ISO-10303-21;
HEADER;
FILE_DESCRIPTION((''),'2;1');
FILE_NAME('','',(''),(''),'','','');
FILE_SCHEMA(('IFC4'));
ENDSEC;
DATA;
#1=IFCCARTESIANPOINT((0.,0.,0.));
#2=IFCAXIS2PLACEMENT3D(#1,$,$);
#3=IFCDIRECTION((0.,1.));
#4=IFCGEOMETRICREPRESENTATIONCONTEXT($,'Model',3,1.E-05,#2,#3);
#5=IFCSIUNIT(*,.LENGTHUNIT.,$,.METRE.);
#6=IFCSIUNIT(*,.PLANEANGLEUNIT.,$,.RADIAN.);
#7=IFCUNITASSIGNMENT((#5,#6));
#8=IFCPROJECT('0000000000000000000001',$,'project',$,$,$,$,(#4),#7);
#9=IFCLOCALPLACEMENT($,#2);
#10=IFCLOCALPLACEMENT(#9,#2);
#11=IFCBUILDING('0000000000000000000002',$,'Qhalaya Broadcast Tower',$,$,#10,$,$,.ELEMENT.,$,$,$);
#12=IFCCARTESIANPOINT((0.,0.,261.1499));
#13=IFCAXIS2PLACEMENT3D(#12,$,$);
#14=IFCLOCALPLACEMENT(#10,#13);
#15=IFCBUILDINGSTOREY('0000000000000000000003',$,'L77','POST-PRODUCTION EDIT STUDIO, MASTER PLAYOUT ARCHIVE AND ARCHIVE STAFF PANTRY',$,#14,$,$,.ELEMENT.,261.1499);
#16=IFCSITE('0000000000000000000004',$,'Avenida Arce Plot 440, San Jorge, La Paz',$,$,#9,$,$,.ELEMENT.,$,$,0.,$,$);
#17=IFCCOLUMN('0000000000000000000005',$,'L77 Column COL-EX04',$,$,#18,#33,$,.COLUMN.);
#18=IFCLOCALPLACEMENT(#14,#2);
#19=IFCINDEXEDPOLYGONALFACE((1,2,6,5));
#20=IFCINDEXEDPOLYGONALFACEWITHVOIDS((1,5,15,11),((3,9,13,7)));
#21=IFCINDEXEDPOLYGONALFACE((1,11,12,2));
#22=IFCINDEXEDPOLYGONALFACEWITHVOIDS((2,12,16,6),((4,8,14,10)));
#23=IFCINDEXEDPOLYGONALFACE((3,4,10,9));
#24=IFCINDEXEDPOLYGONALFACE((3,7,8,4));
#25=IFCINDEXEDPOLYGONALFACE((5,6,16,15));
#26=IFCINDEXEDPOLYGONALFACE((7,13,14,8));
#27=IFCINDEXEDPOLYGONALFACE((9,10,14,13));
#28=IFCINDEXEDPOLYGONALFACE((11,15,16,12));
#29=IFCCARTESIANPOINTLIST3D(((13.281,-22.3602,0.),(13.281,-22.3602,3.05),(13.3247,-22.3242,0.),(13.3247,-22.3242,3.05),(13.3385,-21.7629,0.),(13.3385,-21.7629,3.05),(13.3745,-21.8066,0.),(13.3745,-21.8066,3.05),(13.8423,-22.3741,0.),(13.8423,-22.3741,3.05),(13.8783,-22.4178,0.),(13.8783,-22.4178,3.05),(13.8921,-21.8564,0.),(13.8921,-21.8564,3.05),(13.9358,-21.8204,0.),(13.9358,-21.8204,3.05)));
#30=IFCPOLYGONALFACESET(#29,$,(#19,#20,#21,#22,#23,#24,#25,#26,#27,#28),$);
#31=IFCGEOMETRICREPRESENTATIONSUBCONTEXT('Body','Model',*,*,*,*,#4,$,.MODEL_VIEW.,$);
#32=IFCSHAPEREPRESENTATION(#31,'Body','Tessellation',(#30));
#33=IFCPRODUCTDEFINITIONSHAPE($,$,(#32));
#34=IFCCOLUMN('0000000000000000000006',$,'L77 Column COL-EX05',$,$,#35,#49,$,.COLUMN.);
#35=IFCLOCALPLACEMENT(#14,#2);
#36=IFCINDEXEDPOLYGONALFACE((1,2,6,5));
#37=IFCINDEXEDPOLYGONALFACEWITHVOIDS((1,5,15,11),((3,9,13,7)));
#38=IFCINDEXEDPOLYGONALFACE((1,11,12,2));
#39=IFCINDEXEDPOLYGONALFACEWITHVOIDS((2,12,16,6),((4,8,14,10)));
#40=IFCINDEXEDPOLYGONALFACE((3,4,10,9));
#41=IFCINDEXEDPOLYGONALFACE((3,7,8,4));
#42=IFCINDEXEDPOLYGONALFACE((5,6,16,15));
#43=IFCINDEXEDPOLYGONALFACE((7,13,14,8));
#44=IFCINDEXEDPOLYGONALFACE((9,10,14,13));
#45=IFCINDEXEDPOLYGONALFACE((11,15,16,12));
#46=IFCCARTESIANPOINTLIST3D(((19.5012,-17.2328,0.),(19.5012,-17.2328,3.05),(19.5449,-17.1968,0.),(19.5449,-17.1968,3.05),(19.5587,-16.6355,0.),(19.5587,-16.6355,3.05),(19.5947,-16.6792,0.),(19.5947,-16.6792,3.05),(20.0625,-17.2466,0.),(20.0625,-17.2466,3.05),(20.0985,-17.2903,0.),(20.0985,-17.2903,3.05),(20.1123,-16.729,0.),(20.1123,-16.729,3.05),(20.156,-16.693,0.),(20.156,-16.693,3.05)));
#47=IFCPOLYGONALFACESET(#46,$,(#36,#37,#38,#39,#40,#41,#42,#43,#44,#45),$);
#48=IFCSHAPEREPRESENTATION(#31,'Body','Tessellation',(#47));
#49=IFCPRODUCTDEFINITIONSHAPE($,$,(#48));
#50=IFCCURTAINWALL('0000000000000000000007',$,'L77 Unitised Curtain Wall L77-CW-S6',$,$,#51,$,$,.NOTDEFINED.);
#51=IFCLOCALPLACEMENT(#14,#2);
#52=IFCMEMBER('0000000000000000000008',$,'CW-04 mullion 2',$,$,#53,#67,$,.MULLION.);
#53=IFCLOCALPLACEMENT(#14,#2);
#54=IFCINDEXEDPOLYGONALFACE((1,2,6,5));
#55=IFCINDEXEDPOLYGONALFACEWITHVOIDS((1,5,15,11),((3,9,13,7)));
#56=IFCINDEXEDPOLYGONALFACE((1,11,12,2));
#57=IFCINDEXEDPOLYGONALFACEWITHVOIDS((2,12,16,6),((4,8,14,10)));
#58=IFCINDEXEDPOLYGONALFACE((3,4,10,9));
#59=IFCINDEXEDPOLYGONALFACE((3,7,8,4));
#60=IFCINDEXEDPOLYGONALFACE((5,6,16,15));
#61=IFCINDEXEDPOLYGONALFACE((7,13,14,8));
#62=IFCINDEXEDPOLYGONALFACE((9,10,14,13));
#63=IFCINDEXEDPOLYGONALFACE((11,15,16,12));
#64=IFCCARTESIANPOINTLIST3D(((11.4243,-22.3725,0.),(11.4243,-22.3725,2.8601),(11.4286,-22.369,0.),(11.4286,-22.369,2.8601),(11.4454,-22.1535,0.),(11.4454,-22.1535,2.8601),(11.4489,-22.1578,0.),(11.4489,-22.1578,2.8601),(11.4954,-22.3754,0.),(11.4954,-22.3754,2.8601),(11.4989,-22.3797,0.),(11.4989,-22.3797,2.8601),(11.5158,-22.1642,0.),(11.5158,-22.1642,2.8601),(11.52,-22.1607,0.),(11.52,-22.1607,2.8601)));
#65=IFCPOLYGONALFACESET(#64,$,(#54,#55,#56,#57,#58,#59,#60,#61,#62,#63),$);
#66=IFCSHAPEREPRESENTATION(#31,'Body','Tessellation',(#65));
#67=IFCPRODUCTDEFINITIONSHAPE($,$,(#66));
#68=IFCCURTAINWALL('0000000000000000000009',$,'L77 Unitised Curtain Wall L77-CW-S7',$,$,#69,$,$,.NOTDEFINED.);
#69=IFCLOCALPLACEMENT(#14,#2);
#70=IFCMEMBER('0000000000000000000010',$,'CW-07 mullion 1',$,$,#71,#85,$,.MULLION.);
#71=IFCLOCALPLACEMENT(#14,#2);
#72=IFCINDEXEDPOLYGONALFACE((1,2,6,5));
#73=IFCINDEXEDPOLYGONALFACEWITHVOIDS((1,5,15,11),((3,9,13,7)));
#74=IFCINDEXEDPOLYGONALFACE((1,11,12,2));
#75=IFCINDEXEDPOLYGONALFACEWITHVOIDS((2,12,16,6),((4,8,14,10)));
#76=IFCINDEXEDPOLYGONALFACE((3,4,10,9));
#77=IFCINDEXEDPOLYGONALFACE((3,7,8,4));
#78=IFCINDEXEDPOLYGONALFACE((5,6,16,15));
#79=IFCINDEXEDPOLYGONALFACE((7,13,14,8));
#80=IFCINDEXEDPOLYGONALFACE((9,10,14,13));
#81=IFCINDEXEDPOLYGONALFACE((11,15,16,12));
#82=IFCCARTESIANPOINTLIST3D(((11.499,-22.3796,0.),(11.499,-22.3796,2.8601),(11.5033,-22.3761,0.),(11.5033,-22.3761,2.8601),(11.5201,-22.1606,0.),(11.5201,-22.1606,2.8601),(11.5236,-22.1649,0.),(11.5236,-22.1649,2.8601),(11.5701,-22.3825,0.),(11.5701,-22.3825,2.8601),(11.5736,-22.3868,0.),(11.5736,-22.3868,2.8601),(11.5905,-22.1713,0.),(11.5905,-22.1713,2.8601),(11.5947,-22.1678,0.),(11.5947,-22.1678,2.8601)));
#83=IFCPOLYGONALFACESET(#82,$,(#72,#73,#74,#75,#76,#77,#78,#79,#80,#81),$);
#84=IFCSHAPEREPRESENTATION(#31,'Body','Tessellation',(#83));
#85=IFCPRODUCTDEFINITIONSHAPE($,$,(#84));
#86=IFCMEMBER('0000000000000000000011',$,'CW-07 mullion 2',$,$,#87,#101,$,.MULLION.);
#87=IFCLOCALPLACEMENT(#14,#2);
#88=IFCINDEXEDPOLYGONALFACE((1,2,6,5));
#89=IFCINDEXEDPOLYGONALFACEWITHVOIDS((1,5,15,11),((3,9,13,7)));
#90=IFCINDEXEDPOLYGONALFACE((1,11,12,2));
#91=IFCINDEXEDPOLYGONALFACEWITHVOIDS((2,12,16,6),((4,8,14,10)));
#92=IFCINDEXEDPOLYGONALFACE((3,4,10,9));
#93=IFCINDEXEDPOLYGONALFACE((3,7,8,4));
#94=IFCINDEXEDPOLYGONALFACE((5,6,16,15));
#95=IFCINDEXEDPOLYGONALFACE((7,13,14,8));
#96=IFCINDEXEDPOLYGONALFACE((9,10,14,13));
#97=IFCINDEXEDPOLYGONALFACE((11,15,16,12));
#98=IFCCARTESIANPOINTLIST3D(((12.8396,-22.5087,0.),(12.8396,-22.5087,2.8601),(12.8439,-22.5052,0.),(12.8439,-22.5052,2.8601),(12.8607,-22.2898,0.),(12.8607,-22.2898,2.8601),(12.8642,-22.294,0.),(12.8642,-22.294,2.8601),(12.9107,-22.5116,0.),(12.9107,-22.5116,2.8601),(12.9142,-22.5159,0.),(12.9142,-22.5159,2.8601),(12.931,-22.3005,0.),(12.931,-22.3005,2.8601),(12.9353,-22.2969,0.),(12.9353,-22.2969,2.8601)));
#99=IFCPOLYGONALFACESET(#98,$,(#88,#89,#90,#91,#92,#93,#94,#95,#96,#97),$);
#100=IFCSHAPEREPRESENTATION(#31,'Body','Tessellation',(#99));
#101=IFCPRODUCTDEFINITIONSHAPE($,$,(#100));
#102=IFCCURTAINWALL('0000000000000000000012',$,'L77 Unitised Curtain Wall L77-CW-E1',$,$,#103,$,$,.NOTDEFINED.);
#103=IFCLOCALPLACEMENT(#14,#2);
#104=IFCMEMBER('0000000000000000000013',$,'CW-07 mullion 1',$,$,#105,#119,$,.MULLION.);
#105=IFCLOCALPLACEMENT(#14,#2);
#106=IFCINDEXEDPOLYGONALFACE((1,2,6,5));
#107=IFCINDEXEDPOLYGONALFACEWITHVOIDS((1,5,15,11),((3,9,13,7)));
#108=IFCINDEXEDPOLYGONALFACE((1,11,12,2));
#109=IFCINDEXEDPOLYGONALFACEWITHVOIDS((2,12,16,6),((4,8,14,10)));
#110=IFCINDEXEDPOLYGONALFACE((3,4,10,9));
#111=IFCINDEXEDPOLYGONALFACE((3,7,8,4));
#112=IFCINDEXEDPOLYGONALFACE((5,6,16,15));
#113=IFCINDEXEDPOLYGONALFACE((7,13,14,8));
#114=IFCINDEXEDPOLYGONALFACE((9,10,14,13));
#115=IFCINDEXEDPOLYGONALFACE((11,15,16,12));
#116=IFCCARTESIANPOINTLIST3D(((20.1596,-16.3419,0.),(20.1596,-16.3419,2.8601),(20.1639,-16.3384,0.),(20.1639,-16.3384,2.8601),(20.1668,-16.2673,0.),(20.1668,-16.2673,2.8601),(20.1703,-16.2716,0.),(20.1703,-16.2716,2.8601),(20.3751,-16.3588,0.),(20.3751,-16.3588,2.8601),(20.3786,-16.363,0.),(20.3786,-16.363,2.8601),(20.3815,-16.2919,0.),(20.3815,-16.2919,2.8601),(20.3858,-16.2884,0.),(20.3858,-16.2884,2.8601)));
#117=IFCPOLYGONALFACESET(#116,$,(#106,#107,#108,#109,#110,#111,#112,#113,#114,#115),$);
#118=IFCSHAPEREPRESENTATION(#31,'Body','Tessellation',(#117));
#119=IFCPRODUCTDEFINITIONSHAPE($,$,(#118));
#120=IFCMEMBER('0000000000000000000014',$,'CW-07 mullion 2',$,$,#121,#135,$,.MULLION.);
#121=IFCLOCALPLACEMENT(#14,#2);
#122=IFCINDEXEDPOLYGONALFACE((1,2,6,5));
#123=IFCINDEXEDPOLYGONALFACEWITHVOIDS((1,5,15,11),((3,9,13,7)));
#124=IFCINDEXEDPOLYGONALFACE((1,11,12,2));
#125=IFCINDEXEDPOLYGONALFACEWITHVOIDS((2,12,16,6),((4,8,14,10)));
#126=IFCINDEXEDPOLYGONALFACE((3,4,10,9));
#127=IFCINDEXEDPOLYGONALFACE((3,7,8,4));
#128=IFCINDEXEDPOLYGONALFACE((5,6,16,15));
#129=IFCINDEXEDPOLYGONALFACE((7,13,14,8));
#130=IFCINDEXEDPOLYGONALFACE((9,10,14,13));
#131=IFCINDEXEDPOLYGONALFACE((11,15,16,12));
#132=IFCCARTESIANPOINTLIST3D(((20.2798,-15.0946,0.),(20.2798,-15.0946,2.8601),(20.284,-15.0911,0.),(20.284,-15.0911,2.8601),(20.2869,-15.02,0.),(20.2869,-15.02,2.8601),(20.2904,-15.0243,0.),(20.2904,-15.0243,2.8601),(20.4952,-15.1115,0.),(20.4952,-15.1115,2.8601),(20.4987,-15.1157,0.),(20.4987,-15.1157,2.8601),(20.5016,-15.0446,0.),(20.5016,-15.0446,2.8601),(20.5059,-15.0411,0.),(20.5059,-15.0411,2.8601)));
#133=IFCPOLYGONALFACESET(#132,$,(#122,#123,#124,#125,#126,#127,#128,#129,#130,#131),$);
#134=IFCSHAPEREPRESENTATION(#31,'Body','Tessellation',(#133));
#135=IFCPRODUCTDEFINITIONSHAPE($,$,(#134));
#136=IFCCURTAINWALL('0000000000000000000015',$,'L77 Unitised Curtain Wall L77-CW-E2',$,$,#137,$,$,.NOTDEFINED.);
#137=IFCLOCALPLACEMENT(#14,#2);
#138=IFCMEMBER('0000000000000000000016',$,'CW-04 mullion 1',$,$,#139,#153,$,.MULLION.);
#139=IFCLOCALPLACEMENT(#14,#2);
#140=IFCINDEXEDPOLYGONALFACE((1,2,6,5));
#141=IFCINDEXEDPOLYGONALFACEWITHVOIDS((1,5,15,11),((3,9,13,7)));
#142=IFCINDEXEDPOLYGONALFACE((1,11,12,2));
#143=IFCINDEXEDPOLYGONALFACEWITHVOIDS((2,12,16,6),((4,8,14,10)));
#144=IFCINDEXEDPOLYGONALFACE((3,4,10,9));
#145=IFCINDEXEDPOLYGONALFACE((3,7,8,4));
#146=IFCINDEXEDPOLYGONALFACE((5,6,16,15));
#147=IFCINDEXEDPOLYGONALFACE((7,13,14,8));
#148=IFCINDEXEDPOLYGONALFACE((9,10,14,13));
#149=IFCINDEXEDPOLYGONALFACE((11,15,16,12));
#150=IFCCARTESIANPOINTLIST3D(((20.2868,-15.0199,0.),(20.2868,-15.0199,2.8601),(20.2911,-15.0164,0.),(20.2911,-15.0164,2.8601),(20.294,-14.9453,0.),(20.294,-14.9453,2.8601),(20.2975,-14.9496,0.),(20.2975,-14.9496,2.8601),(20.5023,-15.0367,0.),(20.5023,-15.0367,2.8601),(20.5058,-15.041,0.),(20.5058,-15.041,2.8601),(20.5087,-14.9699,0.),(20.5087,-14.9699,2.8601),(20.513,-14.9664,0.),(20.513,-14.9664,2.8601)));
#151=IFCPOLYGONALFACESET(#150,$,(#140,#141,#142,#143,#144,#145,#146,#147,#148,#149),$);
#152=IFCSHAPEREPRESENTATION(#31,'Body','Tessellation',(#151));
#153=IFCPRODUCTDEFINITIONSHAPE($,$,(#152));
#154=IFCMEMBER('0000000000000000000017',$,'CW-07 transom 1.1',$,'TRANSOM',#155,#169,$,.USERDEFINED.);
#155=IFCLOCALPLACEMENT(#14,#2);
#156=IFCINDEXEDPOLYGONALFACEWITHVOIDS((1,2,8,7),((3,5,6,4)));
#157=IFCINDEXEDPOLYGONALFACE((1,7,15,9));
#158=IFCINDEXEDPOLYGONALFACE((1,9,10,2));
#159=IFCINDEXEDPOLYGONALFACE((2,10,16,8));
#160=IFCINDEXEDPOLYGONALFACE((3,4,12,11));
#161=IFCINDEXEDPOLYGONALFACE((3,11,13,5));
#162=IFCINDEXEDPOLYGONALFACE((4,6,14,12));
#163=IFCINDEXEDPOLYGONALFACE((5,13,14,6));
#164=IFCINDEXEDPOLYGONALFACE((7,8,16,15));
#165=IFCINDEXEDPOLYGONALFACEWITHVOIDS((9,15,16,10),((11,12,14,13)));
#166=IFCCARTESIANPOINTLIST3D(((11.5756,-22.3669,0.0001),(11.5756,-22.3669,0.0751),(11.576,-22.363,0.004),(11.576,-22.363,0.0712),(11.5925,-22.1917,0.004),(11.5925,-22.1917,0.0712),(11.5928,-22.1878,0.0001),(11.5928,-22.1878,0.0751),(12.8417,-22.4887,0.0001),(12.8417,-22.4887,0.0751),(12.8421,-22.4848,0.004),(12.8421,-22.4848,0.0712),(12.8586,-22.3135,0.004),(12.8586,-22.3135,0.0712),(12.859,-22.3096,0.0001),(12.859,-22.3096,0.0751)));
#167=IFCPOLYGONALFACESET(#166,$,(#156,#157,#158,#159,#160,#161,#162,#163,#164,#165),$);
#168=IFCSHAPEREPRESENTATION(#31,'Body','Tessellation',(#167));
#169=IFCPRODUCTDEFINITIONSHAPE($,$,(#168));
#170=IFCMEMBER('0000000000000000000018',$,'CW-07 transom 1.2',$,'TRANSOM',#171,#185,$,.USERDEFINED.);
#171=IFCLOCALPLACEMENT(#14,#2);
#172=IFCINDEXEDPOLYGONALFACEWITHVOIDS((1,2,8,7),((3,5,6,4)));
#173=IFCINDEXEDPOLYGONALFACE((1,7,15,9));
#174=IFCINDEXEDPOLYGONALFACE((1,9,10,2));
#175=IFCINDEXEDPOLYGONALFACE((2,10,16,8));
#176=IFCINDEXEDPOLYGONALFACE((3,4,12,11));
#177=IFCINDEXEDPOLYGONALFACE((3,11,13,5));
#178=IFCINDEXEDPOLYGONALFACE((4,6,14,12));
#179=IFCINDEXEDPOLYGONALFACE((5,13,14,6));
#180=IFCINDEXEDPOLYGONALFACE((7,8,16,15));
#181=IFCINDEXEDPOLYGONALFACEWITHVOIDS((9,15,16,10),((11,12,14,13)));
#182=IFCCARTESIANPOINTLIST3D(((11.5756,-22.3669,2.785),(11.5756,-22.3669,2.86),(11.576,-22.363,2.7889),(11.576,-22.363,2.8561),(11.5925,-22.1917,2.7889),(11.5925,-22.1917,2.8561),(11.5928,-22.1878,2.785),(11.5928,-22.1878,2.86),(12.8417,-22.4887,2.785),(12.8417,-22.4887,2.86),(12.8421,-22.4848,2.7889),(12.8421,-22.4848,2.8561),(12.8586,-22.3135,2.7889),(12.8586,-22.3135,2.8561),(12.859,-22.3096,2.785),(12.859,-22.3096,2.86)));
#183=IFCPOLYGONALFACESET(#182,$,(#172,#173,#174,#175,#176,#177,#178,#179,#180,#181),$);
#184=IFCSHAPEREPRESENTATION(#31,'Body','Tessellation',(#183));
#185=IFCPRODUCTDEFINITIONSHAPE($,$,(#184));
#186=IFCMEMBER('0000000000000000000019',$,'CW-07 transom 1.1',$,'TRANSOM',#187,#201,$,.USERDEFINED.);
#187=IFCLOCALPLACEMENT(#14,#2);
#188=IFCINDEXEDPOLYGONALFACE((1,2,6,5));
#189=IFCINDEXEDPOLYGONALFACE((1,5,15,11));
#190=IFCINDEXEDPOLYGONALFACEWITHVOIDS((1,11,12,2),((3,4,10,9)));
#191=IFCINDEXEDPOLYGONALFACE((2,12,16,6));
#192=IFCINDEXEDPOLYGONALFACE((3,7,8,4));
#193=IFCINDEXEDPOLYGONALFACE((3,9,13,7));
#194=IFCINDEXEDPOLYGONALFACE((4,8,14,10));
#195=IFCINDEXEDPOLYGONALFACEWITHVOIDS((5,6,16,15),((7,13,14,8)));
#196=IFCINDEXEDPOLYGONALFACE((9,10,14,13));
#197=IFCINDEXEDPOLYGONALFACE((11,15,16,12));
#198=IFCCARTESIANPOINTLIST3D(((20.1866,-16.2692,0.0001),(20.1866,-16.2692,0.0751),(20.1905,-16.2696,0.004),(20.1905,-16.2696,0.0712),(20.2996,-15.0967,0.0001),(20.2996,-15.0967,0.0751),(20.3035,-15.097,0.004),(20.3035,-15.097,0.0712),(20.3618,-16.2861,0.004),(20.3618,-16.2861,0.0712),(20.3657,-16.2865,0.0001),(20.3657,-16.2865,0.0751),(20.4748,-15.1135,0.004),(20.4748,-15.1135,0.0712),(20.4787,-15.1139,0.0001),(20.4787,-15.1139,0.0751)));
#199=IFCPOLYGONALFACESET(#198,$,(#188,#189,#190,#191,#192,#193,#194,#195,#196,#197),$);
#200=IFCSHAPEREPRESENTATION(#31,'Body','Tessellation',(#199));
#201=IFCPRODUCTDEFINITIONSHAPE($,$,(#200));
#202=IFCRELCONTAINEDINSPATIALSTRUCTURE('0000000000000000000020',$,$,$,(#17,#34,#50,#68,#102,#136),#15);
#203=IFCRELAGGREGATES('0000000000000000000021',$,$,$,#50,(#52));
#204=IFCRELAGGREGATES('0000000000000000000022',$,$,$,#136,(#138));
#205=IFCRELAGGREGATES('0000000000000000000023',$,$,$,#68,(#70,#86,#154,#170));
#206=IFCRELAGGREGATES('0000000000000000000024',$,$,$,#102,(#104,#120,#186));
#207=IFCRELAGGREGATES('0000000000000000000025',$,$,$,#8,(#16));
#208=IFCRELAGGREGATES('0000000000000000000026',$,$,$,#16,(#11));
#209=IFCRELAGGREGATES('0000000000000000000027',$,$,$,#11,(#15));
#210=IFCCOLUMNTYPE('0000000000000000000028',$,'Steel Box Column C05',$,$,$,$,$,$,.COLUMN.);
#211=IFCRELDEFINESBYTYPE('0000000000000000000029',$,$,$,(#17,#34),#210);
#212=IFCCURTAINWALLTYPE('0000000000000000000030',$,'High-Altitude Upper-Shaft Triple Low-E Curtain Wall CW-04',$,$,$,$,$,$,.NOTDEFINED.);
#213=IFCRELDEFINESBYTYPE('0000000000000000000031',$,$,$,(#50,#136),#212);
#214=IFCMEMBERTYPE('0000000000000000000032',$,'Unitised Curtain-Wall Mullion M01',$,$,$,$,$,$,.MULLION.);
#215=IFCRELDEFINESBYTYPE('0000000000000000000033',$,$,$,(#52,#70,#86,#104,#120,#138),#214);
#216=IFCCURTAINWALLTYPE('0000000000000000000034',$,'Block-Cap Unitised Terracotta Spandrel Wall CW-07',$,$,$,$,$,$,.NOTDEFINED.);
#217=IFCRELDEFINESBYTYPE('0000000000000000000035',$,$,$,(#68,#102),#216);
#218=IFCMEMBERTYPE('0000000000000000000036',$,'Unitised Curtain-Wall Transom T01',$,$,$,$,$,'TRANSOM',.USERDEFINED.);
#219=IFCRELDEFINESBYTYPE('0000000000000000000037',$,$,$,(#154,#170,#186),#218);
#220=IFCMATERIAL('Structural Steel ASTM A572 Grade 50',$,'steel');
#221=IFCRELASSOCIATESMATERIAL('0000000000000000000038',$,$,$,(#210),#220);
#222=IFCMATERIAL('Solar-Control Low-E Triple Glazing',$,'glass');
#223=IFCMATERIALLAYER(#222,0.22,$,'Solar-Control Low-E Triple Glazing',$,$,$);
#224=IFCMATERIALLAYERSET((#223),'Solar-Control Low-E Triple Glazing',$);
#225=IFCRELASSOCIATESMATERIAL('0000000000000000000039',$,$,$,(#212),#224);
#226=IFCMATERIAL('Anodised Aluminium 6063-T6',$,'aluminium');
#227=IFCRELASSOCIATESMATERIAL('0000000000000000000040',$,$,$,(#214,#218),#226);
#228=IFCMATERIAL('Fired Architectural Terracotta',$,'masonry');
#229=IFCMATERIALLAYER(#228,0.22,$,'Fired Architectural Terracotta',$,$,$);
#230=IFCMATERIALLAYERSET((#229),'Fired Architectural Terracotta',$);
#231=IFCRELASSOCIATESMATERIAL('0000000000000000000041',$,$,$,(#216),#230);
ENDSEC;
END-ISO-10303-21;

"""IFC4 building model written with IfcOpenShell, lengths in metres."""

from ifc_helpers import new_model, si_unit, direction, frame, origin, origin_2d, place, context, subcontext, project, spatial, hollow_rectangle, extrude, material, layer, layer_set, material_profile, profile_set, type_object, element, aggregate, save


model = new_model("IFC4")

# Units and contexts
model_context = context("Model", 3, precision=1e-05, world=origin(), true_north=direction((0.0, 1.0)))
body_context = subcontext(model_context, "Body", "Model", "MODEL_VIEW")
ifc_project = project(units=[si_unit("LENGTHUNIT", "METRE"), si_unit("PLANEANGLEUNIT", "RADIAN")], contexts=[model_context])

# Site, building, storey
site_placement = place(None, origin())
site = spatial("IfcSite", under=ifc_project, at=site_placement, Name="Avenida Arce Plot 440, San Jorge, La Paz", CompositionType="ELEMENT", RefElevation=0.0)
building_placement = place(site_placement, origin())
building = spatial("IfcBuilding", under=site, at=building_placement, Name="Qhalaya Broadcast Tower", CompositionType="ELEMENT")
storey_placement = place(building_placement, frame((0.0, 0.0, 261.1499)))
storey = spatial("IfcBuildingStorey", under=building, at=storey_placement, Name="L77", Description="POST-PRODUCTION EDIT STUDIO, MASTER PLAYOUT ARCHIVE AND ARCHIVE STAFF PANTRY", CompositionType="ELEMENT", Elevation=261.1499)

# Columns
ifc_material_1 = material(Name="Structural Steel ASTM A572 Grade 50", Category="steel")
ifc_material_profile_1 = material_profile(ifc_material_1, hollow_rectangle(XDim=0.6001, YDim=0.6001, WallThickness=0.04, at=origin_2d()), Name="BOX 600x600x40")
ifc_profile_set_1 = profile_set([ifc_material_profile_1], Name="Structural Steel ASTM A572 Grade 50")
column_type = type_object("IfcColumnType", Name="Steel Box Column C05", PredefinedType="COLUMN", material=ifc_profile_set_1)
for number, where, z_axis, x_axis, name in (
    (1, (13.6084, -22.0903, 0.0), (0.0, 0.0, 1.0), (0.995396, -0.095846, 0.0), "L77 Column COL-EX04"),
    (2, (19.8286, -16.9629, 0.0), (0.0, 0.0, 1.0), (0.095846, 0.995396, 0.0), "L77 Column COL-EX05"),
):
    element("IfcColumn", number, at=place(storey_placement, frame(where, z_axis=z_axis, x_axis=x_axis)), inside=storey, type_object=column_type, Name=name, PredefinedType="COLUMN", context=body_context, shape_type="SweptSolid", body=[
        extrude(hollow_rectangle(XDim=0.6001, YDim=0.6001, WallThickness=0.04, at=origin_2d()), origin(), (0.0, 0.0, 1.0), 3.05),
    ])

# Curtain wall, member
ifc_material_2 = material(Name="Solar-Control Low-E Triple Glazing", Category="glass")
ifc_layer_1 = layer(ifc_material_2, 0.22, Name="Solar-Control Low-E Triple Glazing")
ifc_layer_set_1 = layer_set([ifc_layer_1], Name="Solar-Control Low-E Triple Glazing")
curtain_wall_type_1 = type_object("IfcCurtainWallType", Name="High-Altitude Upper-Shaft Triple Low-E Curtain Wall CW-04", PredefinedType="NOTDEFINED", material=ifc_layer_set_1)
curtain_wall_1_placement = place(storey_placement, origin())
curtain_wall_1 = element("IfcCurtainWall", 3, at=curtain_wall_1_placement, inside=storey, type_object=curtain_wall_type_1, Name="L77 Unitised Curtain Wall L77-CW-S6", PredefinedType="NOTDEFINED")
ifc_material_3 = material(Name="Anodised Aluminium 6063-T6", Category="aluminium")
ifc_material_profile_2 = material_profile(ifc_material_3, hollow_rectangle(XDim=0.075, YDim=0.22, WallThickness=0.0039, at=origin_2d()), Name="ALU-MUL 75x220x4")
ifc_profile_set_2 = profile_set([ifc_material_profile_2], Name="Anodised Aluminium 6063-T6")
member_type_1 = type_object("IfcMemberType", Name="Unitised Curtain-Wall Mullion M01", PredefinedType="MULLION", material=ifc_profile_set_2)
member_1_placement = place(storey_placement, frame((11.4722, -22.2666, 0.0), z_axis=(0.0, 0.0, 1.0), x_axis=(0.995395, -0.095858, 0.0)))
member_1 = element("IfcMember", 4, at=member_1_placement, type_object=member_type_1, Name="CW-04 mullion 2", PredefinedType="MULLION", context=body_context, shape_type="SweptSolid", body=[
    extrude(hollow_rectangle(XDim=0.075, YDim=0.22, WallThickness=0.0039, at=origin_2d()), origin(), (0.0, 0.0, 1.0), 2.8601),
])
aggregate(curtain_wall_1, [member_1])

# Curtain walls, members
ifc_material_4 = material(Name="Fired Architectural Terracotta", Category="masonry")
ifc_layer_2 = layer(ifc_material_4, 0.22, Name="Fired Architectural Terracotta")
ifc_layer_set_2 = layer_set([ifc_layer_2], Name="Fired Architectural Terracotta")
curtain_wall_type_2 = type_object("IfcCurtainWallType", Name="Block-Cap Unitised Terracotta Spandrel Wall CW-07", PredefinedType="NOTDEFINED", material=ifc_layer_set_2)
curtain_wall_2_placement = place(storey_placement, origin())
curtain_wall_2 = element("IfcCurtainWall", 5, at=curtain_wall_2_placement, inside=storey, type_object=curtain_wall_type_2, Name="L77 Unitised Curtain Wall L77-CW-S7", PredefinedType="NOTDEFINED")
member_2_placement = place(storey_placement, frame((11.5469, -22.2737, 0.0), z_axis=(0.0, 0.0, 1.0), x_axis=(0.995395, -0.095854, 0.0)))
member_2 = element("IfcMember", 6, at=member_2_placement, type_object=member_type_1, Name="CW-07 mullion 1", PredefinedType="MULLION", context=body_context, shape_type="SweptSolid", body=[
    extrude(hollow_rectangle(XDim=0.075, YDim=0.22, WallThickness=0.0039, at=origin_2d()), origin(), (0.0, 0.0, 1.0), 2.8601),
])
member_3_placement = place(storey_placement, frame((12.8875, -22.4028, 0.0), z_axis=(0.0, 0.0, 1.0), x_axis=(0.995395, -0.095854, 0.0)))
member_3 = element("IfcMember", 7, at=member_3_placement, type_object=member_type_1, Name="CW-07 mullion 2", PredefinedType="MULLION", context=body_context, shape_type="SweptSolid", body=[
    extrude(hollow_rectangle(XDim=0.075, YDim=0.22, WallThickness=0.0039, at=origin_2d()), origin(), (0.0, 0.0, 1.0), 2.8601),
])
curtain_wall_3_placement = place(storey_placement, origin())
curtain_wall_3 = element("IfcCurtainWall", 8, at=curtain_wall_3_placement, inside=storey, type_object=curtain_wall_type_2, Name="L77 Unitised Curtain Wall L77-CW-E1", PredefinedType="NOTDEFINED")
member_4_placement = place(storey_placement, frame((20.2727, -16.3152, 0.0), z_axis=(0.0, 0.0, 1.0), x_axis=(0.095857, 0.995395, 0.0)))
member_4 = element("IfcMember", 9, at=member_4_placement, type_object=member_type_1, Name="CW-07 mullion 1", PredefinedType="MULLION", context=body_context, shape_type="SweptSolid", body=[
    extrude(hollow_rectangle(XDim=0.075, YDim=0.22, WallThickness=0.0039, at=origin_2d()), origin(), (0.0, 0.0, 1.0), 2.8601),
])
member_5_placement = place(storey_placement, frame((20.3928, -15.0679, 0.0), z_axis=(0.0, 0.0, 1.0), x_axis=(0.095857, 0.995395, 0.0)))
member_5 = element("IfcMember", 10, at=member_5_placement, type_object=member_type_1, Name="CW-07 mullion 2", PredefinedType="MULLION", context=body_context, shape_type="SweptSolid", body=[
    extrude(hollow_rectangle(XDim=0.075, YDim=0.22, WallThickness=0.0039, at=origin_2d()), origin(), (0.0, 0.0, 1.0), 2.8601),
])

# Curtain wall, member
curtain_wall_4_placement = place(storey_placement, origin())
curtain_wall_4 = element("IfcCurtainWall", 11, at=curtain_wall_4_placement, inside=storey, type_object=curtain_wall_type_1, Name="L77 Unitised Curtain Wall L77-CW-E2", PredefinedType="NOTDEFINED")
member_6_placement = place(storey_placement, frame((20.3999, -14.9932, 0.0), z_axis=(0.0, 0.0, 1.0), x_axis=(0.095851, 0.995396, 0.0)))
member_6 = element("IfcMember", 12, at=member_6_placement, type_object=member_type_1, Name="CW-04 mullion 1", PredefinedType="MULLION", context=body_context, shape_type="SweptSolid", body=[
    extrude(hollow_rectangle(XDim=0.075, YDim=0.22, WallThickness=0.0039, at=origin_2d()), origin(), (0.0, 0.0, 1.0), 2.8601),
])

# Members
ifc_material_profile_3 = material_profile(ifc_material_3, hollow_rectangle(XDim=0.075, YDim=0.1799, WallThickness=0.0039, at=origin_2d()), Name="ALU-TRN 75x180x4")
ifc_profile_set_3 = profile_set([ifc_material_profile_3], Name="Anodised Aluminium 6063-T6")
member_type_2 = type_object("IfcMemberType", Name="Unitised Curtain-Wall Transom T01", ElementType="TRANSOM", PredefinedType="USERDEFINED", material=ifc_profile_set_3)
member_7_placement = place(storey_placement, frame((11.5842, -22.2773, 0.0376), z_axis=(0.995403, -0.095778, 0.0), x_axis=(0.0, 0.0, 1.0)))
member_7 = element("IfcMember", 13, at=member_7_placement, type_object=member_type_2, Name="CW-07 transom 1.1", ObjectType="TRANSOM", PredefinedType="USERDEFINED", context=body_context, shape_type="SweptSolid", body=[
    extrude(hollow_rectangle(XDim=0.075, YDim=0.1799, WallThickness=0.0039, at=origin_2d()), origin(), (0.0, 0.0, 1.0), 1.272),
])
member_8_placement = place(storey_placement, frame((11.5842, -22.2773, 2.8225), z_axis=(0.995403, -0.095778, 0.0), x_axis=(0.0, 0.0, 1.0)))
member_8 = element("IfcMember", 14, at=member_8_placement, type_object=member_type_2, Name="CW-07 transom 1.2", ObjectType="TRANSOM", PredefinedType="USERDEFINED", context=body_context, shape_type="SweptSolid", body=[
    extrude(hollow_rectangle(XDim=0.075, YDim=0.1799, WallThickness=0.0039, at=origin_2d()), origin(), (0.0, 0.0, 1.0), 1.272),
])
member_9_placement = place(storey_placement, frame((20.2761, -16.2778, 0.0376), z_axis=(0.095953, 0.995386, 0.0), x_axis=(0.0, 0.0, 1.0)))
member_9 = element("IfcMember", 15, at=member_9_placement, type_object=member_type_2, Name="CW-07 transom 1.1", ObjectType="TRANSOM", PredefinedType="USERDEFINED", context=body_context, shape_type="SweptSolid", body=[
    extrude(hollow_rectangle(XDim=0.075, YDim=0.1799, WallThickness=0.0039, at=origin_2d()), origin(), (0.0, 0.0, 1.0), 1.178),
])
aggregate(curtain_wall_4, [member_6])

aggregate(curtain_wall_2, [member_2, member_3, member_7, member_8])
aggregate(curtain_wall_3, [member_4, member_5, member_9])

save(model, "model.ifc")
